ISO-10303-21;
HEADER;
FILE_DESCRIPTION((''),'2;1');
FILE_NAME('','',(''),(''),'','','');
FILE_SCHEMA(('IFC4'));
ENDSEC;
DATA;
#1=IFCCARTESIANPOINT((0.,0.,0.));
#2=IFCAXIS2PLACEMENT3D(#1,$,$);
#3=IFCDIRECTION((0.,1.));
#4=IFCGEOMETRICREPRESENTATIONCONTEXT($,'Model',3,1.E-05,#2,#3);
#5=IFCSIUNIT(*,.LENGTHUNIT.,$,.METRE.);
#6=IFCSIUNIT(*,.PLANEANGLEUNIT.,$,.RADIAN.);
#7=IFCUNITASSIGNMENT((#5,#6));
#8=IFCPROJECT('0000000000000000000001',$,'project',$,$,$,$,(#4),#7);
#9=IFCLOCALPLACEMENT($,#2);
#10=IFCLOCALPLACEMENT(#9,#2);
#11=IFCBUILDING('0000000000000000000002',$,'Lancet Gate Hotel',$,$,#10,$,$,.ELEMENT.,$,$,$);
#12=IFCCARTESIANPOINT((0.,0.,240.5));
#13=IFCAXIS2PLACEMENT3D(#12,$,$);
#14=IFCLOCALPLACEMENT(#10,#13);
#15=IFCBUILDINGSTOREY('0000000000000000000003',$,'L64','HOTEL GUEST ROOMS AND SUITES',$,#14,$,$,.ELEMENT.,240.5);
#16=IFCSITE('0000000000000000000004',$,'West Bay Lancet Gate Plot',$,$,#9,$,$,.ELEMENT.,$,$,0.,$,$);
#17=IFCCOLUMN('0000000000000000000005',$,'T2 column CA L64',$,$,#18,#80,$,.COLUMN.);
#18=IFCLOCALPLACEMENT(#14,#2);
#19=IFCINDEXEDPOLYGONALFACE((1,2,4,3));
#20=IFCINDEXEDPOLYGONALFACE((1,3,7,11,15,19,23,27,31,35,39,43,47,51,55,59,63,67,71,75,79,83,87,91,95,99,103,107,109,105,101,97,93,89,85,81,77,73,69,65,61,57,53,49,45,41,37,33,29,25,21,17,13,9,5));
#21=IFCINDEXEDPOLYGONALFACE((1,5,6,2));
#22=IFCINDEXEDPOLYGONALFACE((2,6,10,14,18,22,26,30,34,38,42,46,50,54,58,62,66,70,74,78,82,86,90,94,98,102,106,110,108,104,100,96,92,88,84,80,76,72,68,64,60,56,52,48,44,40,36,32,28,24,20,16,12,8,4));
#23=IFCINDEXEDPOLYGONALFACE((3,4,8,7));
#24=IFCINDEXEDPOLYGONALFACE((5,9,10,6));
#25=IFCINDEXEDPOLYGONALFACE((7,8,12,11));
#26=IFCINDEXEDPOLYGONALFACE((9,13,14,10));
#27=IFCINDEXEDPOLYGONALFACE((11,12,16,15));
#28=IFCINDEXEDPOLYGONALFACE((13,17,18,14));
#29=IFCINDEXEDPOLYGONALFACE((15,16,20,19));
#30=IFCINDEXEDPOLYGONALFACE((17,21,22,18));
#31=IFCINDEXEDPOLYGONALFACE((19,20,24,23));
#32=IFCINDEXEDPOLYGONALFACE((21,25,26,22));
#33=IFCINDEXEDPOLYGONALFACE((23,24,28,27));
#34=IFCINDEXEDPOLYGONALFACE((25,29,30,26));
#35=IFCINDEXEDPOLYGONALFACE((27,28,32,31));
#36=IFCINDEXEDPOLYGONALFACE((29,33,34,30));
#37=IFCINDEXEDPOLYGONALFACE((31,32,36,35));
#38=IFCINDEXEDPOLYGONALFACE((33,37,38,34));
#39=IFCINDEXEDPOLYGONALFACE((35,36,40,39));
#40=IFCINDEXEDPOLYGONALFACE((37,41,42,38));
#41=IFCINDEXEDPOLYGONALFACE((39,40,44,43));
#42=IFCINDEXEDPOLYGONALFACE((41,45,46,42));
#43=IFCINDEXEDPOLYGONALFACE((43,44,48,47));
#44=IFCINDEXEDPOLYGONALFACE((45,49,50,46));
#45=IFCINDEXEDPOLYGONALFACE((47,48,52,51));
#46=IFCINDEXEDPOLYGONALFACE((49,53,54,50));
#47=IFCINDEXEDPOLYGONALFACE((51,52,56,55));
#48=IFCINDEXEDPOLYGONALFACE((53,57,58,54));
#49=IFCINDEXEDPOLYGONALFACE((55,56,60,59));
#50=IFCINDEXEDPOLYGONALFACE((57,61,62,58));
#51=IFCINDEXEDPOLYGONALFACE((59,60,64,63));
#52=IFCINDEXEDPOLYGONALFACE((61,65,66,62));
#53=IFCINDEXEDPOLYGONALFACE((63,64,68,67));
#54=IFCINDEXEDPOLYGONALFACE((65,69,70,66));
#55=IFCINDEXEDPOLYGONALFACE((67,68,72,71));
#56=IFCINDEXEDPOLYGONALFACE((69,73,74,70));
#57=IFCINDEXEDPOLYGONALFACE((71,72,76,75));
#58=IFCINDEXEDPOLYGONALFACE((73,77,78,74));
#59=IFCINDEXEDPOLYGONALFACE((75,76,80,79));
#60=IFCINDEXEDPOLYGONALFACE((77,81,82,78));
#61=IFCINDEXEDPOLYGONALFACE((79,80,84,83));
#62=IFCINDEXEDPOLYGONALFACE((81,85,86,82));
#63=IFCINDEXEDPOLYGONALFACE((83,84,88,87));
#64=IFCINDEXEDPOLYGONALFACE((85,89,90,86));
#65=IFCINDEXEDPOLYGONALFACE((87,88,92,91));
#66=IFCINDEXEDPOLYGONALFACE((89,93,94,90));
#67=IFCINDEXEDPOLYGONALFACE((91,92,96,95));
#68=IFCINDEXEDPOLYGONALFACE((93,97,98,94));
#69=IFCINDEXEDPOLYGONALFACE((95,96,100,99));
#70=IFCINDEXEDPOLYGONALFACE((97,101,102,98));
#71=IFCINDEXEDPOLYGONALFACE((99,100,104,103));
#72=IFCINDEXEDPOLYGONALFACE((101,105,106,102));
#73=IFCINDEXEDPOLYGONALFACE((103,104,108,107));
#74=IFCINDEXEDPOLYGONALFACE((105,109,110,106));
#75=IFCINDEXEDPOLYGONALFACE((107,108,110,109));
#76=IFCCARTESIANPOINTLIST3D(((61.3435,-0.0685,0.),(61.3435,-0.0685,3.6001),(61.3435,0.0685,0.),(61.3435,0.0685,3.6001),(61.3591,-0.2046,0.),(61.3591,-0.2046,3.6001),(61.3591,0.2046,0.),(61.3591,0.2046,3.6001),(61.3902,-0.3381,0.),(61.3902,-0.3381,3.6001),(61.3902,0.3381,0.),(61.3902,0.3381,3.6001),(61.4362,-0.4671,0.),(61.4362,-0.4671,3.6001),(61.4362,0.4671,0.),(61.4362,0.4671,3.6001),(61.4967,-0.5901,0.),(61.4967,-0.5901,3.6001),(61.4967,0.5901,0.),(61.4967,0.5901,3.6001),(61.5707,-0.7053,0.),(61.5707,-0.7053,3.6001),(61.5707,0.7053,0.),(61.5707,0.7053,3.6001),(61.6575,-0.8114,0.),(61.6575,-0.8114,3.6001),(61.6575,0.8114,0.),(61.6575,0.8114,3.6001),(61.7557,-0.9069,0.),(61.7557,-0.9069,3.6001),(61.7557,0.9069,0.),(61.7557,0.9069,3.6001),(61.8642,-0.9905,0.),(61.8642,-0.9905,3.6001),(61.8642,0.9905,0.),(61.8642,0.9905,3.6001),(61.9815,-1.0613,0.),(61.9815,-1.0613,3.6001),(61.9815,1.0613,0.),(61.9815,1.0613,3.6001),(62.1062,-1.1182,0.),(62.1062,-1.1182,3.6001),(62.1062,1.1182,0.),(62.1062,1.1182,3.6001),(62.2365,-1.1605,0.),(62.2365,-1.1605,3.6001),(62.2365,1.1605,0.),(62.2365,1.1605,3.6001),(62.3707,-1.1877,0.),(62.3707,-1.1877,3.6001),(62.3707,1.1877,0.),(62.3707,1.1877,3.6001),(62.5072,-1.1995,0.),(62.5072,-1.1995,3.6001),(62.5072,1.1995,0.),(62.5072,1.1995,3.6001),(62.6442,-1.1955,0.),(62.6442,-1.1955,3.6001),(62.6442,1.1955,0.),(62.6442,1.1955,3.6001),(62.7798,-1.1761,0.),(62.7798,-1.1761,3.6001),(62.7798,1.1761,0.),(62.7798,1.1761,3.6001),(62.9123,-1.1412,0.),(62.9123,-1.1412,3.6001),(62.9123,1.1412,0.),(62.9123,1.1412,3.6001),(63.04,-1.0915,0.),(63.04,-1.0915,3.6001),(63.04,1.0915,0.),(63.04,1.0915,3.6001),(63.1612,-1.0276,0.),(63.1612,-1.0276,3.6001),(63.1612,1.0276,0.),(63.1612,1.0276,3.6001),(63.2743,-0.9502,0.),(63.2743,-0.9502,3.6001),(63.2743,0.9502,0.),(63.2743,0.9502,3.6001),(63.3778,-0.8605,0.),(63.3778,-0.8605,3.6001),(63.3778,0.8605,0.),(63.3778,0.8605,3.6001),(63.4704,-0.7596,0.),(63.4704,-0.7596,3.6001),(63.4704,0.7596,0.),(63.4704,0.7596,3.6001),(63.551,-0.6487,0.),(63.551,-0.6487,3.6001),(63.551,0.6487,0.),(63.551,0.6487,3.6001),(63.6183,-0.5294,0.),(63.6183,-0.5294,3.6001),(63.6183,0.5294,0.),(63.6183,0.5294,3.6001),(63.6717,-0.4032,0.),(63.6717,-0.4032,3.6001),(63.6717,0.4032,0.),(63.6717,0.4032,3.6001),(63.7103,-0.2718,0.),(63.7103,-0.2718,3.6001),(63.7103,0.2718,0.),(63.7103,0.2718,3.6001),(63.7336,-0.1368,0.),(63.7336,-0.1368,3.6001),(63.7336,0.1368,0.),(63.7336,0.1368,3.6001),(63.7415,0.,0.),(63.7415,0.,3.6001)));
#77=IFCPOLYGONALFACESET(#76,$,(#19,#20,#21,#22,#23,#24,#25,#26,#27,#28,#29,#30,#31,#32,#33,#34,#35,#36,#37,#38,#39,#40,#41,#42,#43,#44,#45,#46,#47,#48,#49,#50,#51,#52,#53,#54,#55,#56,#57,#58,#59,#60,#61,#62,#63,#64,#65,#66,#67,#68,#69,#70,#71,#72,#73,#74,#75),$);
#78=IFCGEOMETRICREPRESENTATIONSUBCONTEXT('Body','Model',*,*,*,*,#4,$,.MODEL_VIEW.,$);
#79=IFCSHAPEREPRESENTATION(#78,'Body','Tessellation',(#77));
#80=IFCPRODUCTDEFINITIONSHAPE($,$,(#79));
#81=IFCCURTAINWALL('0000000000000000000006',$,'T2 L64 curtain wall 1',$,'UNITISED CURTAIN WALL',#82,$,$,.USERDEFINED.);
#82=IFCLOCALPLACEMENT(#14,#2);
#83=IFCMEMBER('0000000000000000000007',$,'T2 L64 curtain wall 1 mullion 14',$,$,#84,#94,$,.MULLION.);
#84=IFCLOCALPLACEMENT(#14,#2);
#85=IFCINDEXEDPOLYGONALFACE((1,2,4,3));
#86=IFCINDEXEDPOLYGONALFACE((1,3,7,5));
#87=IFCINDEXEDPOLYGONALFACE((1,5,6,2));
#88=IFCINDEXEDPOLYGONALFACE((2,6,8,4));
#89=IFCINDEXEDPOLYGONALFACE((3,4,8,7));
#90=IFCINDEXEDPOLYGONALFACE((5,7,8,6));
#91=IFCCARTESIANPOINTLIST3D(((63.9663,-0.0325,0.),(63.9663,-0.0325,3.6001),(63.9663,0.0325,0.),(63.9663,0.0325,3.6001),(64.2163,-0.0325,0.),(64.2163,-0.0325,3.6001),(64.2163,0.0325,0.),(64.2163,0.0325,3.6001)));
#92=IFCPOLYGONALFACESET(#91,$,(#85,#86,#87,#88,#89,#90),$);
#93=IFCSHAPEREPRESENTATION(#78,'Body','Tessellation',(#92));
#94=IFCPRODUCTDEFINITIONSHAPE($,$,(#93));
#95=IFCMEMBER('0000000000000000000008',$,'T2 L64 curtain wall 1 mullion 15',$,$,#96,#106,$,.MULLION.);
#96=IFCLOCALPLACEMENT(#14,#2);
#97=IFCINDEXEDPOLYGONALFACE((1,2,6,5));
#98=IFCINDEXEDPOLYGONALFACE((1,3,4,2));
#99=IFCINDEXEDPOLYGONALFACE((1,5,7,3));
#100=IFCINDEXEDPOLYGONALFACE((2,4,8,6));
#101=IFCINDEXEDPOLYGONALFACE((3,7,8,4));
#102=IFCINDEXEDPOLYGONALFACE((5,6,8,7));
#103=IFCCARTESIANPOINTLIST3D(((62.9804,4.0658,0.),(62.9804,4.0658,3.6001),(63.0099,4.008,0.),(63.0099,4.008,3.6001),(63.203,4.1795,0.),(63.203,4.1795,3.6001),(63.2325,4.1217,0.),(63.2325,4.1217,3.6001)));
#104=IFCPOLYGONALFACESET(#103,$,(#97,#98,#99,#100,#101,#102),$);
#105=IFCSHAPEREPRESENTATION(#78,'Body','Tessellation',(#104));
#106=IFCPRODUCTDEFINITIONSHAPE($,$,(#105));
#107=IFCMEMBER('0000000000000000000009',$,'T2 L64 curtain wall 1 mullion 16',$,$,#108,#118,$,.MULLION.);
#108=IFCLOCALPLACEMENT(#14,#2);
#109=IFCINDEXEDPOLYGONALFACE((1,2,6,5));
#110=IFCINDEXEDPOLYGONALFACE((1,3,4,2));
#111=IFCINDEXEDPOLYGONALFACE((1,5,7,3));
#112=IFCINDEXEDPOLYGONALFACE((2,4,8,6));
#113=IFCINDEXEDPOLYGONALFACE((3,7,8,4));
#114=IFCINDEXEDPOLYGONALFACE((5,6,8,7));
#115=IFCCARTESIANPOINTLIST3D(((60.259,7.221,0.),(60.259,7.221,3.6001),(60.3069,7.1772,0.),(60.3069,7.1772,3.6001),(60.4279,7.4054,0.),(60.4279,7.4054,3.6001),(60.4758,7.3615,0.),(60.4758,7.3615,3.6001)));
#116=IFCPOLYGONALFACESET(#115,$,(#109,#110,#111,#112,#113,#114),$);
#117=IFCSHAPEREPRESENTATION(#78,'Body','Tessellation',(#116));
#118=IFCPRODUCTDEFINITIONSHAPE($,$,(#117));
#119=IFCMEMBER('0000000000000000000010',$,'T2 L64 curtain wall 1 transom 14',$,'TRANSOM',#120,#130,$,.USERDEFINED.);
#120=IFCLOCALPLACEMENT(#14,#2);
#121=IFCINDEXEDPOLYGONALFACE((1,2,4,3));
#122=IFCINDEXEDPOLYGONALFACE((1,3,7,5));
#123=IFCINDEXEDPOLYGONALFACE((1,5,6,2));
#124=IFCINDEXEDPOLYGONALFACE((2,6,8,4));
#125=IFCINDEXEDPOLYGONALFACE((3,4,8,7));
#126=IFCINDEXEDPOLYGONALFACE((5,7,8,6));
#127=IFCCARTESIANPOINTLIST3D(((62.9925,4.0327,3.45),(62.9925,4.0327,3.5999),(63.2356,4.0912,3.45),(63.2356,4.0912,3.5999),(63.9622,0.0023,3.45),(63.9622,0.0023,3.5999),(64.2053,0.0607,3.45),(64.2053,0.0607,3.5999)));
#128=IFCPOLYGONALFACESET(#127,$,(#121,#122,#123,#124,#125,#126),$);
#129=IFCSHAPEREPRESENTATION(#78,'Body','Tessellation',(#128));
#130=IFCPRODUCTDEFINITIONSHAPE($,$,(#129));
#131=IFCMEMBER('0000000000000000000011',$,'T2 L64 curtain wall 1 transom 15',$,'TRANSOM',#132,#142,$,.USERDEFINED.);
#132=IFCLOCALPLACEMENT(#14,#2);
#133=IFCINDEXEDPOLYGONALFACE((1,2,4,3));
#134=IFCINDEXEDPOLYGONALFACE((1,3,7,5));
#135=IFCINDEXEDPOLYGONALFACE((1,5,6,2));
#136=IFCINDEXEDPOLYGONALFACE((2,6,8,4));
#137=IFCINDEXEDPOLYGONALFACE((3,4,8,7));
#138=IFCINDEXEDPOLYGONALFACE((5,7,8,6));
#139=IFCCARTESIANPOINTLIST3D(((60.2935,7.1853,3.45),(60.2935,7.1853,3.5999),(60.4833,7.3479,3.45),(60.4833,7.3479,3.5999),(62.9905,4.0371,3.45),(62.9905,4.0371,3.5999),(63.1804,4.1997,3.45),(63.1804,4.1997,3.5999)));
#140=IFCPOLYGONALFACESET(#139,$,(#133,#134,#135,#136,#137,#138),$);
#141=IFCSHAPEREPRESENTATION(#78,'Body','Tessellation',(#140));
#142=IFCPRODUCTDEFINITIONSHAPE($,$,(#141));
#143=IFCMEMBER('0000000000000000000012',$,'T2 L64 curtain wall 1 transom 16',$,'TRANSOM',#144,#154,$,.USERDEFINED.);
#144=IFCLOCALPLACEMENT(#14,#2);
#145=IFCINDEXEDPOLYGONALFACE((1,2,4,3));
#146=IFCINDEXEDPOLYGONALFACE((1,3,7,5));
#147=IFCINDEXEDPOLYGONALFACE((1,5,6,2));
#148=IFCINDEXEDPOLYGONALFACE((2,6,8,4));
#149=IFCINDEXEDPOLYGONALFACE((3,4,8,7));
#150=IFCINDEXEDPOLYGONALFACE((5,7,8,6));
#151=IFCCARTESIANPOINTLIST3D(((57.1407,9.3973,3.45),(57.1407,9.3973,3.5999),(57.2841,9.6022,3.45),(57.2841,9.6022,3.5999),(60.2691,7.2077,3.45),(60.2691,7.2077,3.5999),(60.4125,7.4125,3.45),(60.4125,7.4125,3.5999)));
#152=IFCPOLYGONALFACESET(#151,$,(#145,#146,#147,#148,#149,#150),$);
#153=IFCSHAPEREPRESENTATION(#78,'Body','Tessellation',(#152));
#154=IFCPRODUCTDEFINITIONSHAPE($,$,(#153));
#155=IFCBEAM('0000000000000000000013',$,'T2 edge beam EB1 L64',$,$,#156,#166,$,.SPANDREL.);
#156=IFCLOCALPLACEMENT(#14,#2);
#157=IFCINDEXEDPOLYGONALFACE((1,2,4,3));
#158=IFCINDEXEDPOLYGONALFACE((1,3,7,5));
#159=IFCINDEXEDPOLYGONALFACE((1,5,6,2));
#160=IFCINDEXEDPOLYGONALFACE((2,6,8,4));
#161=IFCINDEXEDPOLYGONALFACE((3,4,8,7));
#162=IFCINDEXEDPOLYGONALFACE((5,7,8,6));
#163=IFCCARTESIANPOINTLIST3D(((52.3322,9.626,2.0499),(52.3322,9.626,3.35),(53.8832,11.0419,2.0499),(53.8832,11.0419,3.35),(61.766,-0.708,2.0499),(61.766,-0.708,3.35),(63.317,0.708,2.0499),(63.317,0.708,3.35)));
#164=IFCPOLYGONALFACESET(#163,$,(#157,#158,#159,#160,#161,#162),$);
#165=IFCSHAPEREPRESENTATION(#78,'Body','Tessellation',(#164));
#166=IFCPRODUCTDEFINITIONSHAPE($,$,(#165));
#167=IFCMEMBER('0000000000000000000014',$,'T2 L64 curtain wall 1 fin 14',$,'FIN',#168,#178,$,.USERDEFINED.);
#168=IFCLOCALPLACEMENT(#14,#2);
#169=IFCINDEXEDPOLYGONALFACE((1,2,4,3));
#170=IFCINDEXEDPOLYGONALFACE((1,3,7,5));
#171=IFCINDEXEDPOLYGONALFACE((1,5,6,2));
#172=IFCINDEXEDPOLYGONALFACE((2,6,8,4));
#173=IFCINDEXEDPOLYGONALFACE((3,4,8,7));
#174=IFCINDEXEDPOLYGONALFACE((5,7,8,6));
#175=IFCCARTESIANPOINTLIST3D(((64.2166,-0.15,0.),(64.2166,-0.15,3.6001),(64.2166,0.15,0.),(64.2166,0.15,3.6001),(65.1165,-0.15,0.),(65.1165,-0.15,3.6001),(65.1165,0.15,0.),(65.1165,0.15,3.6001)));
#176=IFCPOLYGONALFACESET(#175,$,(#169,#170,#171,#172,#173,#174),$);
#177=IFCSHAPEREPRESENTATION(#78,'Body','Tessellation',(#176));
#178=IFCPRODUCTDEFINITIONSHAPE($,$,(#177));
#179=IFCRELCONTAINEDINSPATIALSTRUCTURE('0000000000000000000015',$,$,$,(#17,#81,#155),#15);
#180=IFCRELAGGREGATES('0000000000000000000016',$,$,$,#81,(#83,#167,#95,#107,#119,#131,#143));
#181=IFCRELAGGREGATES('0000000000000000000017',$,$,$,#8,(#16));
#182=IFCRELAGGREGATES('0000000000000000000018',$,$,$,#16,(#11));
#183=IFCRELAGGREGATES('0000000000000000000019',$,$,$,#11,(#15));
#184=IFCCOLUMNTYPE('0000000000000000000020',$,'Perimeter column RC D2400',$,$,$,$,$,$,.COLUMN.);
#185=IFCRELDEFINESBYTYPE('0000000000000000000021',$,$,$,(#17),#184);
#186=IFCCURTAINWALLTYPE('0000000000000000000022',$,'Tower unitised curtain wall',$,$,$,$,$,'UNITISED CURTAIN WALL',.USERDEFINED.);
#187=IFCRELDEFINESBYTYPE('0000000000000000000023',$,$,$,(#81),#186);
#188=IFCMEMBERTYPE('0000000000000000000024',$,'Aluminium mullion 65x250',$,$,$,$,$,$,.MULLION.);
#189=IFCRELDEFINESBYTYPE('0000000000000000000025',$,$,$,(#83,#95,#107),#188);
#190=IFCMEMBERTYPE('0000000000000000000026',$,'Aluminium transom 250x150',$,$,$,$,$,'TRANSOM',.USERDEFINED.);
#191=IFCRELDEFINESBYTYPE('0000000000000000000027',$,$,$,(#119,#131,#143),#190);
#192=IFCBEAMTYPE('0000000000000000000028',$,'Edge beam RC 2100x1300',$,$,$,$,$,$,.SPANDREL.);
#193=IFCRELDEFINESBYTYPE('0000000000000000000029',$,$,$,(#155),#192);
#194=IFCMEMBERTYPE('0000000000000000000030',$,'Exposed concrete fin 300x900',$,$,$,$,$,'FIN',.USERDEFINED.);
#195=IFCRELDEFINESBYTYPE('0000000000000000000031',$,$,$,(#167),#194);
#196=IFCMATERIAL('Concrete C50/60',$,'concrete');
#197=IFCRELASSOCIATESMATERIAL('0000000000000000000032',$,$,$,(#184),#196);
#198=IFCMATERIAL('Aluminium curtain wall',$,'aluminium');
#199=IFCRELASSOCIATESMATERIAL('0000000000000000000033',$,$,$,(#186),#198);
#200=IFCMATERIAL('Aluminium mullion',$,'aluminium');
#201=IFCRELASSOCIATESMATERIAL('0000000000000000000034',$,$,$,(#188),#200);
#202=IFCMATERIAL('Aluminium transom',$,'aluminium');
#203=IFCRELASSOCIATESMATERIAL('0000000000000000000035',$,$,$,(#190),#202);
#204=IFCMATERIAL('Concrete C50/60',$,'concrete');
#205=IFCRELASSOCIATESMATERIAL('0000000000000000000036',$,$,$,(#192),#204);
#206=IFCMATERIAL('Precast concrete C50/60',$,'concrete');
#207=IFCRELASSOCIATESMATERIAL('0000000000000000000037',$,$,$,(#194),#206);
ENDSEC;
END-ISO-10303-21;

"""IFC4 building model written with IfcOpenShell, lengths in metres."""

from ifc_helpers import new_model, si_unit, direction, frame, origin, origin_2d, place, context, subcontext, project, spatial, rectangle, circle, extrude, material, material_profile, profile_set, type_object, element, aggregate, save


model = new_model("IFC4")

# Units and contexts
model_context = context("Model", 3, precision=1e-05, world=origin(), true_north=direction((0.0, 1.0)))
body_context = subcontext(model_context, "Body", "Model", "MODEL_VIEW")
ifc_project = project(units=[si_unit("LENGTHUNIT", "METRE"), si_unit("PLANEANGLEUNIT", "RADIAN")], contexts=[model_context])

# Site, building, storey
site_placement = place(None, origin())
site = spatial("IfcSite", under=ifc_project, at=site_placement, Name="West Bay Lancet Gate Plot", CompositionType="ELEMENT", RefElevation=0.0)
building_placement = place(site_placement, origin())
building = spatial("IfcBuilding", under=site, at=building_placement, Name="Lancet Gate Hotel", CompositionType="ELEMENT")
storey_placement = place(building_placement, frame((0.0, 0.0, 240.5)))
storey = spatial("IfcBuildingStorey", under=building, at=storey_placement, Name="L64", Description="HOTEL GUEST ROOMS AND SUITES", CompositionType="ELEMENT", Elevation=240.5)

# Column
ifc_material_1 = material(Name="Concrete C50/60", Category="concrete")
ifc_material_profile_1 = material_profile(ifc_material_1, circle(Radius=1.2, at=origin_2d()), Name="RC D2400")
ifc_profile_set_1 = profile_set([ifc_material_profile_1], Name="Concrete C50/60")
column_type = type_object("IfcColumnType", Name="Perimeter column RC D2400", PredefinedType="COLUMN", material=ifc_profile_set_1)
column_placement = place(storey_placement, frame((62.5415, 0.0, 0.0), z_axis=(0.0, 0.0, 1.0), x_axis=(1.0, 0.0, 0.0)))
element("IfcColumn", 1, at=column_placement, inside=storey, type_object=column_type, Name="T2 column CA L64", PredefinedType="COLUMN", context=body_context, shape_type="SweptSolid", body=[
    extrude(circle(Radius=1.2, at=origin_2d()), origin(), (0.0, 0.0, 1.0), 3.6001),
])

# Curtain wall, members
ifc_material_2 = material(Name="Aluminium curtain wall", Category="aluminium")
curtain_wall_type = type_object("IfcCurtainWallType", Name="Tower unitised curtain wall", ElementType="UNITISED CURTAIN WALL", PredefinedType="USERDEFINED", material=ifc_material_2)
curtain_wall_placement = place(storey_placement, origin())
curtain_wall = element("IfcCurtainWall", 2, at=curtain_wall_placement, inside=storey, type_object=curtain_wall_type, Name="T2 L64 curtain wall 1", ObjectType="UNITISED CURTAIN WALL", PredefinedType="USERDEFINED")
ifc_material_3 = material(Name="Aluminium mullion", Category="aluminium")
ifc_material_profile_2 = material_profile(ifc_material_3, rectangle(XDim=0.0649, YDim=0.25, at=origin_2d()), Name="MULLION 65x250")
ifc_profile_set_2 = profile_set([ifc_material_profile_2], Name="Aluminium mullion")
member_type_1 = type_object("IfcMemberType", Name="Aluminium mullion 65x250", PredefinedType="MULLION", material=ifc_profile_set_2)
member_1_placement = place(storey_placement, frame((64.0913, 0.0, 0.0), z_axis=(0.0, 0.0, 1.0), x_axis=(0.0, 1.0, 0.0)))
member_1 = element("IfcMember", 3, at=member_1_placement, type_object=member_type_1, Name="T2 L64 curtain wall 1 mullion 14", PredefinedType="MULLION", context=body_context, shape_type="SweptSolid", body=[
    extrude(rectangle(XDim=0.0649, YDim=0.25, at=origin_2d()), origin(), (0.0, 0.0, 1.0), 3.6001),
])
member_2_placement = place(storey_placement, frame((63.1064, 4.0938, 0.0), z_axis=(0.0, 0.0, 1.0), x_axis=(-0.454853, 0.890567, 0.0)))
member_2 = element("IfcMember", 4, at=member_2_placement, type_object=member_type_1, Name="T2 L64 curtain wall 1 mullion 15", PredefinedType="MULLION", context=body_context, shape_type="SweptSolid", body=[
    extrude(rectangle(XDim=0.0649, YDim=0.25, at=origin_2d()), origin(), (0.0, 0.0, 1.0), 3.6001),
])
member_3_placement = place(storey_placement, frame((60.3674, 7.2913, 0.0), z_axis=(0.0, 0.0, 1.0), x_axis=(-0.737323, 0.67554, 0.0)))
member_3 = element("IfcMember", 5, at=member_3_placement, type_object=member_type_1, Name="T2 L64 curtain wall 1 mullion 16", PredefinedType="MULLION", context=body_context, shape_type="SweptSolid", body=[
    extrude(rectangle(XDim=0.0649, YDim=0.25, at=origin_2d()), origin(), (0.0, 0.0, 1.0), 3.6001),
])
ifc_material_4 = material(Name="Aluminium transom", Category="aluminium")
ifc_material_profile_3 = material_profile(ifc_material_4, rectangle(XDim=0.25, YDim=0.1499, at=origin_2d()), Name="TRANSOM 250x150")
ifc_profile_set_3 = profile_set([ifc_material_profile_3], Name="Aluminium transom")
member_type_2 = type_object("IfcMemberType", Name="Aluminium transom 250x150", ElementType="TRANSOM", PredefinedType="USERDEFINED", material=ifc_profile_set_3)
member_4_placement = place(storey_placement, frame((64.0837, 0.0315, 3.5249), z_axis=(-0.233921, 0.972256, 0.0), x_axis=(-0.972256, -0.233921, 0.0)))
member_4 = element("IfcMember", 6, at=member_4_placement, type_object=member_type_2, Name="T2 L64 curtain wall 1 transom 14", ObjectType="TRANSOM", PredefinedType="USERDEFINED", context=body_context, shape_type="SweptSolid", body=[
    extrude(rectangle(XDim=0.25, YDim=0.1499, at=origin_2d()), origin(), (0.0, 0.0, 1.0), 4.1455),
])
member_5_placement = place(storey_placement, frame((63.0854, 4.1184, 3.5249), z_axis=(-0.650593, 0.759427, 0.0), x_axis=(-0.759427, -0.650593, 0.0)))
member_5 = element("IfcMember", 7, at=member_5_placement, type_object=member_type_2, Name="T2 L64 curtain wall 1 transom 15", ObjectType="TRANSOM", PredefinedType="USERDEFINED", context=body_context, shape_type="SweptSolid", body=[
    extrude(rectangle(XDim=0.25, YDim=0.1499, at=origin_2d()), origin(), (0.0, 0.0, 1.0), 4.1455),
])
member_6_placement = place(storey_placement, frame((60.3408, 7.3101, 3.5249), z_axis=(-0.819256, 0.573428, 0.0), x_axis=(-0.573428, -0.819256, 0.0)))
member_6 = element("IfcMember", 8, at=member_6_placement, type_object=member_type_2, Name="T2 L64 curtain wall 1 transom 16", ObjectType="TRANSOM", PredefinedType="USERDEFINED", context=body_context, shape_type="SweptSolid", body=[
    extrude(rectangle(XDim=0.25, YDim=0.1499, at=origin_2d()), origin(), (0.0, 0.0, 1.0), 3.8186),
])

# Beam
ifc_material_5 = material(Name="Concrete C50/60", Category="concrete")
ifc_material_profile_4 = material_profile(ifc_material_5, rectangle(XDim=2.1001, YDim=1.3, at=origin_2d()), Name="RC 2100x1300")
ifc_profile_set_4 = profile_set([ifc_material_profile_4], Name="Concrete C50/60")
beam_type_1 = type_object("IfcBeamType", Name="Edge beam RC 2100x1300", PredefinedType="SPANDREL", material=ifc_profile_set_4)
beam_1_placement = place(storey_placement, frame((62.5415, 0.0, 2.7), z_axis=(-0.674209, 0.73854, 0.0), x_axis=(-0.73854, -0.674209, 0.0)))
element("IfcBeam", 9, at=beam_1_placement, inside=storey, type_object=beam_type_1, Name="T2 edge beam EB1 L64", PredefinedType="SPANDREL", context=body_context, shape_type="SweptSolid", body=[
    extrude(rectangle(XDim=2.1001, YDim=1.3, at=origin_2d()), origin(), (0.0, 0.0, 1.0), 13.9924),
])

# Member
ifc_material_6 = material(Name="Precast concrete C50/60", Category="concrete")
ifc_material_profile_5 = material_profile(ifc_material_6, rectangle(XDim=0.3, YDim=0.8999, at=origin_2d()), Name="FIN 300x900")
ifc_profile_set_5 = profile_set([ifc_material_profile_5], Name="Precast concrete C50/60")
member_type_3 = type_object("IfcMemberType", Name="Exposed concrete fin 300x900", ElementType="FIN", PredefinedType="USERDEFINED", material=ifc_profile_set_5)
member_7_placement = place(storey_placement, frame((64.6665, 0.0, 0.0), z_axis=(0.0, 0.0, 1.0), x_axis=(0.0, 1.0, 0.0)))
member_7 = element("IfcMember", 10, at=member_7_placement, type_object=member_type_3, Name="T2 L64 curtain wall 1 fin 14", ObjectType="FIN", PredefinedType="USERDEFINED", context=body_context, shape_type="SweptSolid", body=[
    extrude(rectangle(XDim=0.3, YDim=0.8999, at=origin_2d()), origin(), (0.0, 0.0, 1.0), 3.6001),
])

aggregate(curtain_wall, [member_1, member_7, member_2, member_3, member_4, member_5, member_6])

save(model, "model.ifc")
